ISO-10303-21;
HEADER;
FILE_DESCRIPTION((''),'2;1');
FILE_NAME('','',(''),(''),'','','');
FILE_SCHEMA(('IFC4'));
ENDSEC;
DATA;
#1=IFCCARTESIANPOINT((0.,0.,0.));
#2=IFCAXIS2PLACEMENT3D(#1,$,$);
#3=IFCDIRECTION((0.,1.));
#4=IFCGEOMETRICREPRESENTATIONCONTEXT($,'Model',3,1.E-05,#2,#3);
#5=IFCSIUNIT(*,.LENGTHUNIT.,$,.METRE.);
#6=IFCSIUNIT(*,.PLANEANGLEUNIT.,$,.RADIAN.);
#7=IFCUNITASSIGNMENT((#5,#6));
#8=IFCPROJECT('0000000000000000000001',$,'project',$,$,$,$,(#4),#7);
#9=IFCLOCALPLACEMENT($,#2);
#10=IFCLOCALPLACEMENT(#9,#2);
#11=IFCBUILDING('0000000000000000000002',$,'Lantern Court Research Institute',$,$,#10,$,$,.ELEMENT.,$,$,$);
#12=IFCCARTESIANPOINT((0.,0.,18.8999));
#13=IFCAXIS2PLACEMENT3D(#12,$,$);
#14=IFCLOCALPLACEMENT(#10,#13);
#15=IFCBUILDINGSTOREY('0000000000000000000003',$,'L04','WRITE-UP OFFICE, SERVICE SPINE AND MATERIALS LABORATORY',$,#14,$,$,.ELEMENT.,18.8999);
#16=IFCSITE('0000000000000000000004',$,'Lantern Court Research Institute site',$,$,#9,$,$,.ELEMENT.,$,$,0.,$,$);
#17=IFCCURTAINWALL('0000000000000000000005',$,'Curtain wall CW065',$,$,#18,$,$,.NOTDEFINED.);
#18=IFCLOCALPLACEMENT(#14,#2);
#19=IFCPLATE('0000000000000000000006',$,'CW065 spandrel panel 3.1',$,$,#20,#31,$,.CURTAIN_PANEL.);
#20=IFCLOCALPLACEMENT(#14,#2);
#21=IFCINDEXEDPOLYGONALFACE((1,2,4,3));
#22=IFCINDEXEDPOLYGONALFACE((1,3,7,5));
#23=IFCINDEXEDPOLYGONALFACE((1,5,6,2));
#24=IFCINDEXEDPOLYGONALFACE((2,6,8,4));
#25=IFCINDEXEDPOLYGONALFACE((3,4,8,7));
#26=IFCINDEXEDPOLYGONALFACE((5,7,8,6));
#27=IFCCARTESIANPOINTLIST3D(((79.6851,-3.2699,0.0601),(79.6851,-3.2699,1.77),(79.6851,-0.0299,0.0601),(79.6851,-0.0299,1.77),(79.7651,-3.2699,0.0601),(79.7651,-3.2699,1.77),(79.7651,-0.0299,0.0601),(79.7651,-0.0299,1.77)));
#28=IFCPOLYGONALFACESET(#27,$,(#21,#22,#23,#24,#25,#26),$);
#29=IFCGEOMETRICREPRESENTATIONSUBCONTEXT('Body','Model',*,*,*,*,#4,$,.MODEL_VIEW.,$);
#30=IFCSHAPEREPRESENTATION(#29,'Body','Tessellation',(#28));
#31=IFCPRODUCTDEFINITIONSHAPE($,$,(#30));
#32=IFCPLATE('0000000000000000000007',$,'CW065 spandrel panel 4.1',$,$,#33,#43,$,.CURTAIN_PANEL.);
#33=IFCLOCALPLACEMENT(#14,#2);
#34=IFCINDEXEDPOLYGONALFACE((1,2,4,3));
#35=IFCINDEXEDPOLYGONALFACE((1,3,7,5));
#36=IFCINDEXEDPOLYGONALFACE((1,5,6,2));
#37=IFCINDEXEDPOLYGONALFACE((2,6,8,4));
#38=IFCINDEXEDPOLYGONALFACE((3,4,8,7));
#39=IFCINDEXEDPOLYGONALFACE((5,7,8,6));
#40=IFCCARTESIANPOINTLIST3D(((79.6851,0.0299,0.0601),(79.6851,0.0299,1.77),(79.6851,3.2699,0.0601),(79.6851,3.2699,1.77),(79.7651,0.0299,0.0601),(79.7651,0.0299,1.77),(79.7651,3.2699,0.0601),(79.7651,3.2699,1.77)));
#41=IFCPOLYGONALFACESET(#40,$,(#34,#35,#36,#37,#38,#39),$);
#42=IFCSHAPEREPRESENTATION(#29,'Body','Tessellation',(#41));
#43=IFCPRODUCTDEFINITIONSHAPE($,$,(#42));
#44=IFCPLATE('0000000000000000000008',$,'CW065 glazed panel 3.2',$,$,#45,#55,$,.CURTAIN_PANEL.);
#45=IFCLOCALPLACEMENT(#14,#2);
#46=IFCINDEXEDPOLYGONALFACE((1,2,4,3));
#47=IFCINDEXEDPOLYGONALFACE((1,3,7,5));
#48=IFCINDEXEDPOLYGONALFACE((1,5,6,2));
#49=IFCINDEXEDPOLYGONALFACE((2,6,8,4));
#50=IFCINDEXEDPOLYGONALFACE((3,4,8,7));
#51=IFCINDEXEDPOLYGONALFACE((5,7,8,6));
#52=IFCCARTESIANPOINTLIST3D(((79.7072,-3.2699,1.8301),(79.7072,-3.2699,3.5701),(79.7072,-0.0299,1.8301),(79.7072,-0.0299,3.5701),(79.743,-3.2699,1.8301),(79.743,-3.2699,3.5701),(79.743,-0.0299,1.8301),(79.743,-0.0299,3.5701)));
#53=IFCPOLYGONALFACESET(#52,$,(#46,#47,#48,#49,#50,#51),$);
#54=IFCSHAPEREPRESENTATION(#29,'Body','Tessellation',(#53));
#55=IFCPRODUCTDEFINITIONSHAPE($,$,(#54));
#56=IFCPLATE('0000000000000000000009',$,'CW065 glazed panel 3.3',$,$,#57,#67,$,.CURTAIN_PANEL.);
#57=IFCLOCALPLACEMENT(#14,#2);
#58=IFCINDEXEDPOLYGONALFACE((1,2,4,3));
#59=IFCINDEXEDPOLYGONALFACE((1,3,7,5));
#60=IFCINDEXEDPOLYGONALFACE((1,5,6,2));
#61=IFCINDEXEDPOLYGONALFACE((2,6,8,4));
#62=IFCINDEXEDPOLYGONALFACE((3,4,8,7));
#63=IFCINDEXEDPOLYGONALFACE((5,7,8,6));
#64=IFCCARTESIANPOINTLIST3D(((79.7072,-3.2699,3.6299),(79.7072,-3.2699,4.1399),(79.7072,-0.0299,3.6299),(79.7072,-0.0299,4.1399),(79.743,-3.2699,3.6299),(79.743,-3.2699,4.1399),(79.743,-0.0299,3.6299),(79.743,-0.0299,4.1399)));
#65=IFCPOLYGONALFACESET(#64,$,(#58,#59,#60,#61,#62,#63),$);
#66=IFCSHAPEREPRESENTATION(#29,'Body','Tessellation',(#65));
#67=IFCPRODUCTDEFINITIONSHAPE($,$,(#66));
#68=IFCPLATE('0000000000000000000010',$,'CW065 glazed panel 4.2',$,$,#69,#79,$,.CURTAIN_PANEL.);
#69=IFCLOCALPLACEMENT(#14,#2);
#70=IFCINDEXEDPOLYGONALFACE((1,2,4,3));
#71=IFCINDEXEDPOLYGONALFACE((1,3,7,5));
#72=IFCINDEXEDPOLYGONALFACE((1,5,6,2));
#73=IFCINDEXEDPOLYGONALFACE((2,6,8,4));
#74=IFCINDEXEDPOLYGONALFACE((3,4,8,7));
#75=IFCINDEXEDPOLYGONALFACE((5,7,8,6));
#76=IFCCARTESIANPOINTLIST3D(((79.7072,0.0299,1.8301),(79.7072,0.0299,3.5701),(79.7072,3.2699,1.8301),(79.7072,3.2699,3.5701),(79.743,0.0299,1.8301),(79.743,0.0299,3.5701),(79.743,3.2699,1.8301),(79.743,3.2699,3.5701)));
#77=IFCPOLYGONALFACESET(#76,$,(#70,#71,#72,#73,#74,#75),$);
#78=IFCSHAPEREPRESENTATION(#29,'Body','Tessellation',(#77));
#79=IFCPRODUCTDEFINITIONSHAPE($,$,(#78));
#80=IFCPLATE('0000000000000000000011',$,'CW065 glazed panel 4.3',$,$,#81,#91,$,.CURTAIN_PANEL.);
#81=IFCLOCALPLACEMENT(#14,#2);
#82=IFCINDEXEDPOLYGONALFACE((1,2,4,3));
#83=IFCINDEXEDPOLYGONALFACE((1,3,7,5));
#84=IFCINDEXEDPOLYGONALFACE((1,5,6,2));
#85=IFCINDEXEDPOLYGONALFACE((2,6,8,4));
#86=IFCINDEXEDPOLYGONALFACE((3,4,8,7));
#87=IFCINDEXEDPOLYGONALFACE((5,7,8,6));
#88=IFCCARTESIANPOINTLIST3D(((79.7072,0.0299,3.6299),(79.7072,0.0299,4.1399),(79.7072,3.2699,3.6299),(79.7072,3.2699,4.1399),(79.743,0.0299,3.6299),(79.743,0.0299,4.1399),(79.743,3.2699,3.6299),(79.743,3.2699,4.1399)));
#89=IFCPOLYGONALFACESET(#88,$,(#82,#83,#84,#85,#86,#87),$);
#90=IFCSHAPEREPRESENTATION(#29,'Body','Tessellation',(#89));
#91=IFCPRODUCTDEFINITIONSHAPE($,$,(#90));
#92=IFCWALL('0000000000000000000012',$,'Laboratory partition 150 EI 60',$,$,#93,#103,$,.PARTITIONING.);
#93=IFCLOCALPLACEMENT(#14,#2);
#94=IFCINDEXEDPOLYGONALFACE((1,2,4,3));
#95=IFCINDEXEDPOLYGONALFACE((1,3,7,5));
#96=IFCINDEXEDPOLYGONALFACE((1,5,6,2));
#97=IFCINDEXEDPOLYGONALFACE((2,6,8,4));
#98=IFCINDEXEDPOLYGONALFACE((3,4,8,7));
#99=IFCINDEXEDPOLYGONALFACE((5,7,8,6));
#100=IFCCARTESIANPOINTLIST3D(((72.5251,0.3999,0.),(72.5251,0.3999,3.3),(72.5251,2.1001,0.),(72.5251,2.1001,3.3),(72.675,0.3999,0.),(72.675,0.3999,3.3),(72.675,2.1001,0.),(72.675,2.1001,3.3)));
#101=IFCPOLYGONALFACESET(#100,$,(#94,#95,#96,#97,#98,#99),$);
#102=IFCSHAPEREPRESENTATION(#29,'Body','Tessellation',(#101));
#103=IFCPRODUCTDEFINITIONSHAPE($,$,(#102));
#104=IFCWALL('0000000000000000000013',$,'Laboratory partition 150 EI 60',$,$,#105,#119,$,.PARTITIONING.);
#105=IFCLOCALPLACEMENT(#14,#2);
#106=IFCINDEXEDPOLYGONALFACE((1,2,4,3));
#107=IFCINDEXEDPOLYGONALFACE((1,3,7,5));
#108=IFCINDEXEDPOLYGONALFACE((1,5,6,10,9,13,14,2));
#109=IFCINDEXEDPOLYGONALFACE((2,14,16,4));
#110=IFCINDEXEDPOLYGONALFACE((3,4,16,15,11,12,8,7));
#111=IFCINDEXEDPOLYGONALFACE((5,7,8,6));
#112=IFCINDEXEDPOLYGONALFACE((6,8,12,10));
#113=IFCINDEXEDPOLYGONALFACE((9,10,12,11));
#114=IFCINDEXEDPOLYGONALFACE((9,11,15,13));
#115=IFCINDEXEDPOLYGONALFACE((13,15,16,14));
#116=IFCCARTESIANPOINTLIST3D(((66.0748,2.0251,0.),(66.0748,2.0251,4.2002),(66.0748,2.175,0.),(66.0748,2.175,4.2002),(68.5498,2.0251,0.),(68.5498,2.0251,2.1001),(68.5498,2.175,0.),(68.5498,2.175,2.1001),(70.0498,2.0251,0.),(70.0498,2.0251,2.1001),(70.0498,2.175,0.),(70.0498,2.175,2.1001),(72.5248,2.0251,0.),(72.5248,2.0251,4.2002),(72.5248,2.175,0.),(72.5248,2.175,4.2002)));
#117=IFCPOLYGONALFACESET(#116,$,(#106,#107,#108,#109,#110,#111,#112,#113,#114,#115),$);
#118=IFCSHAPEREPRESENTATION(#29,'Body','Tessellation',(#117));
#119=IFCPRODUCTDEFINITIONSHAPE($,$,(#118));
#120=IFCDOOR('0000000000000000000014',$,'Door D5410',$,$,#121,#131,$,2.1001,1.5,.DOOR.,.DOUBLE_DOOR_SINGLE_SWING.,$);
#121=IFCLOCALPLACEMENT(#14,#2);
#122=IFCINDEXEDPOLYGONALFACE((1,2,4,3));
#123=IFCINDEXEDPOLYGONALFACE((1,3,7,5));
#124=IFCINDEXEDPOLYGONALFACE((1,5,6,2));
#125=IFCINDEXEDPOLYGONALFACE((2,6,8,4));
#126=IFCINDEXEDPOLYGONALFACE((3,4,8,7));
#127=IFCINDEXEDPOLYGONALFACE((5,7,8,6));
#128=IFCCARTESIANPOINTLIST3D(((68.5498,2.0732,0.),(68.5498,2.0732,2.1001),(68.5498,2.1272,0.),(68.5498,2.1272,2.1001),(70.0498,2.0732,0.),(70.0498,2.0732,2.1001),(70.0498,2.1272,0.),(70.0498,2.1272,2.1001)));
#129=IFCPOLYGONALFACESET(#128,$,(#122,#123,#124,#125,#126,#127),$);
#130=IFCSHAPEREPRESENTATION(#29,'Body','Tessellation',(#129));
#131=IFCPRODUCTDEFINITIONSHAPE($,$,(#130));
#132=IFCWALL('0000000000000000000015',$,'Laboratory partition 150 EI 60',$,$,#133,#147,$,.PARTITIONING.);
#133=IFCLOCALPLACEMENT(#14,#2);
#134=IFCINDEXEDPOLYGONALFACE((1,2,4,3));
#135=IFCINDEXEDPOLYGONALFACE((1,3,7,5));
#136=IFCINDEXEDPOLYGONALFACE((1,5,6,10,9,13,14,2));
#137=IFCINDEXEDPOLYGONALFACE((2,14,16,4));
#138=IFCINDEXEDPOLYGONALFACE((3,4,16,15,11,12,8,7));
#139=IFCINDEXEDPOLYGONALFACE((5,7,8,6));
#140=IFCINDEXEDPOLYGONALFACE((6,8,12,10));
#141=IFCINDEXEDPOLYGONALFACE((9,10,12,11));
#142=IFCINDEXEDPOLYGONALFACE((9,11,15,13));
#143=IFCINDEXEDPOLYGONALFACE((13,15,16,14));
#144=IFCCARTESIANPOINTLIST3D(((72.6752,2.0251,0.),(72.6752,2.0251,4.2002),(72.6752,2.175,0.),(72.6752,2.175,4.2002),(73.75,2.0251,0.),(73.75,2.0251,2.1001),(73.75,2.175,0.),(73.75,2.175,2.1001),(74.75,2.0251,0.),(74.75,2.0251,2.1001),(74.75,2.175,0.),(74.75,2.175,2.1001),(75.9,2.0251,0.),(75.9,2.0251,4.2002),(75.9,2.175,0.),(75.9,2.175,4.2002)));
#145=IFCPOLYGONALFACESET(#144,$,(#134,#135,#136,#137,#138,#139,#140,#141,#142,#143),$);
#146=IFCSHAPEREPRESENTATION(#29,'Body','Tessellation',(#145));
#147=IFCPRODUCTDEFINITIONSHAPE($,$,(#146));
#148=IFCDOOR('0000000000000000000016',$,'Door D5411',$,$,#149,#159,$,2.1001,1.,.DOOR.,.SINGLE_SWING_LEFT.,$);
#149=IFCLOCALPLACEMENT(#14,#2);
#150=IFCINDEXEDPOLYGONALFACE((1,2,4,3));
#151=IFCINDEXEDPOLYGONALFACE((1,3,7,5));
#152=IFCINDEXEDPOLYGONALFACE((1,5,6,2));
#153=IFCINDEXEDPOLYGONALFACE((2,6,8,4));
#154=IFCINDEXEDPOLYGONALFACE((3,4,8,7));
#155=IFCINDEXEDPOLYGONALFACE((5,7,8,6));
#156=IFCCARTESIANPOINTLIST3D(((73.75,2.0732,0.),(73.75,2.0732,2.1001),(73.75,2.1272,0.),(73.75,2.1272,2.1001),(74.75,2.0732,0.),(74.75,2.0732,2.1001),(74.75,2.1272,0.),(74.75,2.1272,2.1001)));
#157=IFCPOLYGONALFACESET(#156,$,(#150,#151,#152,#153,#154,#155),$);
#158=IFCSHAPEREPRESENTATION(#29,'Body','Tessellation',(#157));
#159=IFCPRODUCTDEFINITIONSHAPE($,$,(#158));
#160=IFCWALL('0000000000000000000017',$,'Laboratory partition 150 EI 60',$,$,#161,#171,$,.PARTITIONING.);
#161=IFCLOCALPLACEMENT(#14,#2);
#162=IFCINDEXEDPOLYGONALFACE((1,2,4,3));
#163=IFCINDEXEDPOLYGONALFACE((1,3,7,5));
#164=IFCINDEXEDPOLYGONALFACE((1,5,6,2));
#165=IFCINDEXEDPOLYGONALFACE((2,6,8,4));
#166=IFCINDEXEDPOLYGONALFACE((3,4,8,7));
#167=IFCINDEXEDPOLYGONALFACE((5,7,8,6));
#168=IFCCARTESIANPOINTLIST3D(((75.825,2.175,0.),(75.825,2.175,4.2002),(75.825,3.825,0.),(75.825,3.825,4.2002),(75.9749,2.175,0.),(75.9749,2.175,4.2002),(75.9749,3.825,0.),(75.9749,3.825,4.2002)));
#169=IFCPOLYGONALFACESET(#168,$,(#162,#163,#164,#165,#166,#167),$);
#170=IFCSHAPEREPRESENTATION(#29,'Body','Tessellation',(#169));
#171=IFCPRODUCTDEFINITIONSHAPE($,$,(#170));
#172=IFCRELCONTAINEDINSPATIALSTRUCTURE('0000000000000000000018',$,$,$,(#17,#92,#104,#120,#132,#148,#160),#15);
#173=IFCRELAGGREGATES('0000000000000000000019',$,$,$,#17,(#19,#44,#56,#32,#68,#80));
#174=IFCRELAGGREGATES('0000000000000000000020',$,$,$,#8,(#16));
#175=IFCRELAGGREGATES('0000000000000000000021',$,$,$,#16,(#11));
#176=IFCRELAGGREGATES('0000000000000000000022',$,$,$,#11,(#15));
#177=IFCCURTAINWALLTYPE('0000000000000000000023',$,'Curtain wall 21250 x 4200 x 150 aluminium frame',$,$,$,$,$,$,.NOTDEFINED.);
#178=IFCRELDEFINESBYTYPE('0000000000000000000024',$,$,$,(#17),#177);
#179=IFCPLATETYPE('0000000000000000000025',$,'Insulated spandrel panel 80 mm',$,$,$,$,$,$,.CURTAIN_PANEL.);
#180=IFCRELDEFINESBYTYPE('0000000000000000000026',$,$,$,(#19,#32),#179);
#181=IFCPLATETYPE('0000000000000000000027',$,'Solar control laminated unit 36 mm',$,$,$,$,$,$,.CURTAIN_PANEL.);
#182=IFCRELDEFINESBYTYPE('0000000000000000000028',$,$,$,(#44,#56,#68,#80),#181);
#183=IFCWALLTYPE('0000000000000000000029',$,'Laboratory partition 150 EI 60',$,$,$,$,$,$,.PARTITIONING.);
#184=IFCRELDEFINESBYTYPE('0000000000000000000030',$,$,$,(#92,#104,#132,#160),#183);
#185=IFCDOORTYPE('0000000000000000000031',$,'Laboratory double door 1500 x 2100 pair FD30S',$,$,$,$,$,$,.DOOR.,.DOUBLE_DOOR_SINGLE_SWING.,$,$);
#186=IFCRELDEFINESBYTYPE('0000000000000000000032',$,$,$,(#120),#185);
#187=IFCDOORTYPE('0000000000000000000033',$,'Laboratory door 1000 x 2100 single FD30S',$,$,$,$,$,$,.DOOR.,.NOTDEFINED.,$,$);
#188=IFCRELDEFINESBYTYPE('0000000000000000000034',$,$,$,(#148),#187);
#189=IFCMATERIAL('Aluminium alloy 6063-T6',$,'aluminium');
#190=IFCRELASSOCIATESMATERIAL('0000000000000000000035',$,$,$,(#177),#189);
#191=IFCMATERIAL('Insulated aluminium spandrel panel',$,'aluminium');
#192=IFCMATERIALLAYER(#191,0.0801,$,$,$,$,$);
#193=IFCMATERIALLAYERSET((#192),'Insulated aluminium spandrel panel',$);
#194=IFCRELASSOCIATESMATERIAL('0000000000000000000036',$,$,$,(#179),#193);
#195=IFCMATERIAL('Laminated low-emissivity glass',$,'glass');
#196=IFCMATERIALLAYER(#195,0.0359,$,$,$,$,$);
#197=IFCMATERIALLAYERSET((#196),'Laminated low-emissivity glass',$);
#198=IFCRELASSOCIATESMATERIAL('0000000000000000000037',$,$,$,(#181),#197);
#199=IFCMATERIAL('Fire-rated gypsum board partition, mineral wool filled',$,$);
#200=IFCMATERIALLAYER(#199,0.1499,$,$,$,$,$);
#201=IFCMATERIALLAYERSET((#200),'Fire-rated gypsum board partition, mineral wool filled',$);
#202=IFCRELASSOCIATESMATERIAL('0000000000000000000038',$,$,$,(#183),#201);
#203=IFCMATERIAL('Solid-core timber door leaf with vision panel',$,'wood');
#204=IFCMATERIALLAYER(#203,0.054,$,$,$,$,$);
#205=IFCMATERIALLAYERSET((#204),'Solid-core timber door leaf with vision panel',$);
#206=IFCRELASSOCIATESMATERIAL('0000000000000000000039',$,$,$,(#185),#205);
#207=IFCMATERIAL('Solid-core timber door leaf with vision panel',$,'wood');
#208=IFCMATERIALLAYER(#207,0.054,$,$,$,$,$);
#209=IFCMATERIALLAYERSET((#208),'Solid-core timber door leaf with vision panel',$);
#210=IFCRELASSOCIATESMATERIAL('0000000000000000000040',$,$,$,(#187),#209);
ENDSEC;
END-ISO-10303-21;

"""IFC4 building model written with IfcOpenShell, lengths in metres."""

from ifc_helpers import new_model, si_unit, direction, frame, frame_2d, origin, origin_2d, place, context, subcontext, project, spatial, rectangle, extrude, material, layer, layer_set, type_object, element, fill, aggregate, save


model = new_model("IFC4")

# Units and contexts
model_context = context("Model", 3, precision=1e-05, world=origin(), true_north=direction((0.0, 1.0)))
body_context = subcontext(model_context, "Body", "Model", "MODEL_VIEW")
ifc_project = project(units=[si_unit("LENGTHUNIT", "METRE"), si_unit("PLANEANGLEUNIT", "RADIAN")], contexts=[model_context])

# Site, building, storey
site_placement = place(None, origin())
site = spatial("IfcSite", under=ifc_project, at=site_placement, Name="Lantern Court Research Institute site", CompositionType="ELEMENT", RefElevation=0.0)
building_placement = place(site_placement, origin())
building = spatial("IfcBuilding", under=site, at=building_placement, Name="Lantern Court Research Institute", CompositionType="ELEMENT")
storey_placement = place(building_placement, frame((0.0, 0.0, 18.8999)))
storey = spatial("IfcBuildingStorey", under=building, at=storey_placement, Name="L04", Description="WRITE-UP OFFICE, SERVICE SPINE AND MATERIALS LABORATORY", CompositionType="ELEMENT", Elevation=18.8999)

# Curtain wall
ifc_material_1 = material(Name="Aluminium alloy 6063-T6", Category="aluminium")
curtain_wall_type = type_object("IfcCurtainWallType", Name="Curtain wall 21250 x 4200 x 150 aluminium frame", PredefinedType="NOTDEFINED", material=ifc_material_1)
curtain_wall_placement = place(storey_placement, origin())
curtain_wall = element("IfcCurtainWall", 1, at=curtain_wall_placement, inside=storey, type_object=curtain_wall_type, Name="Curtain wall CW065", PredefinedType="NOTDEFINED")

# Plates
ifc_material_2 = material(Name="Insulated aluminium spandrel panel", Category="aluminium")
ifc_layer_1 = layer(ifc_material_2, 0.0801)
ifc_layer_set_1 = layer_set([ifc_layer_1], Name="Insulated aluminium spandrel panel")
plate_type_1 = type_object("IfcPlateType", Name="Insulated spandrel panel 80 mm", PredefinedType="CURTAIN_PANEL", material=ifc_layer_set_1)
plate_1_placement = place(storey_placement, frame((79.7251, -1.6499, 0.0601), z_axis=(0.0, 0.0, 1.0), x_axis=(0.0, -1.0, 0.0)))
plate_1 = element("IfcPlate", 2, at=plate_1_placement, type_object=plate_type_1, Name="CW065 spandrel panel 3.1", PredefinedType="CURTAIN_PANEL", context=body_context, shape_type="SweptSolid", body=[
    extrude(rectangle(XDim=3.24, YDim=0.0801, at=origin_2d()), origin(), (0.0, 0.0, 1.0), 1.71),
])
plate_2_placement = place(storey_placement, frame((79.7251, 1.6499, 0.0601), z_axis=(0.0, 0.0, 1.0), x_axis=(0.0, -1.0, 0.0)))
plate_2 = element("IfcPlate", 3, at=plate_2_placement, type_object=plate_type_1, Name="CW065 spandrel panel 4.1", PredefinedType="CURTAIN_PANEL", context=body_context, shape_type="SweptSolid", body=[
    extrude(rectangle(XDim=3.24, YDim=0.0801, at=origin_2d()), origin(), (0.0, 0.0, 1.0), 1.71),
])
ifc_material_3 = material(Name="Laminated low-emissivity glass", Category="glass")
ifc_layer_2 = layer(ifc_material_3, 0.0359)
ifc_layer_set_2 = layer_set([ifc_layer_2], Name="Laminated low-emissivity glass")
plate_type_2 = type_object("IfcPlateType", Name="Solar control laminated unit 36 mm", PredefinedType="CURTAIN_PANEL", material=ifc_layer_set_2)
plate_3_placement = place(storey_placement, frame((79.7251, -1.6499, 1.8301), z_axis=(0.0, 0.0, 1.0), x_axis=(0.0, -1.0, 0.0)))
plate_3 = element("IfcPlate", 4, at=plate_3_placement, type_object=plate_type_2, Name="CW065 glazed panel 3.2", PredefinedType="CURTAIN_PANEL", context=body_context, shape_type="SweptSolid", body=[
    extrude(rectangle(XDim=3.24, YDim=0.0359, at=origin_2d()), origin(), (0.0, 0.0, 1.0), 1.74),
])
plate_4_placement = place(storey_placement, frame((79.7251, -1.6499, 3.6299), z_axis=(0.0, 0.0, 1.0), x_axis=(0.0, -1.0, 0.0)))
plate_4 = element("IfcPlate", 5, at=plate_4_placement, type_object=plate_type_2, Name="CW065 glazed panel 3.3", PredefinedType="CURTAIN_PANEL", context=body_context, shape_type="SweptSolid", body=[
    extrude(rectangle(XDim=3.24, YDim=0.0359, at=origin_2d()), origin(), (0.0, 0.0, 1.0), 0.51),
])
plate_5_placement = place(storey_placement, frame((79.7251, 1.6499, 1.8301), z_axis=(0.0, 0.0, 1.0), x_axis=(0.0, -1.0, 0.0)))
plate_5 = element("IfcPlate", 6, at=plate_5_placement, type_object=plate_type_2, Name="CW065 glazed panel 4.2", PredefinedType="CURTAIN_PANEL", context=body_context, shape_type="SweptSolid", body=[
    extrude(rectangle(XDim=3.24, YDim=0.0359, at=origin_2d()), origin(), (0.0, 0.0, 1.0), 1.74),
])
plate_6_placement = place(storey_placement, frame((79.7251, 1.6499, 3.6299), z_axis=(0.0, 0.0, 1.0), x_axis=(0.0, -1.0, 0.0)))
plate_6 = element("IfcPlate", 7, at=plate_6_placement, type_object=plate_type_2, Name="CW065 glazed panel 4.3", PredefinedType="CURTAIN_PANEL", context=body_context, shape_type="SweptSolid", body=[
    extrude(rectangle(XDim=3.24, YDim=0.0359, at=origin_2d()), origin(), (0.0, 0.0, 1.0), 0.51),
])
aggregate(curtain_wall, [plate_1, plate_3, plate_4, plate_2, plate_5, plate_6])

# Wall
ifc_material_4 = material(Name="Fire-rated gypsum board partition, mineral wool filled")
ifc_layer_3 = layer(ifc_material_4, 0.1499)
ifc_layer_set_3 = layer_set([ifc_layer_3], Name="Fire-rated gypsum board partition, mineral wool filled")
wall_type = type_object("IfcWallType", Name="Laboratory partition 150 EI 60", PredefinedType="PARTITIONING", material=ifc_layer_set_3)
wall_1_placement = place(storey_placement, frame((72.6001, 0.3999, 0.0), z_axis=(0.0, 0.0, 1.0), x_axis=(0.0, 1.0, 0.0)))
element("IfcWall", 8, at=wall_1_placement, inside=storey, type_object=wall_type, Name="Laboratory partition 150 EI 60", PredefinedType="PARTITIONING", context=body_context, shape_type="SweptSolid", body=[
    extrude(rectangle(XDim=1.7002, YDim=0.1499, at=frame_2d((0.8501, 0.0))), origin(), (0.0, 0.0, 1.0), 3.3),
])

# Walls, openings, doors
wall_2_placement = place(storey_placement, frame((72.5249, 2.1001, 0.0), z_axis=(0.0, 0.0, 1.0), x_axis=(-1.0, 0.0, 0.0)))
wall_2 = element("IfcWall", 9, at=wall_2_placement, inside=storey, type_object=wall_type, Name="Laboratory partition 150 EI 60", PredefinedType="PARTITIONING", context=body_context, shape_type="SweptSolid", body=[
    extrude(rectangle(XDim=6.45, YDim=0.1499, at=frame_2d((3.2251, 0.0))), origin(), (0.0, 0.0, 1.0), 4.2002),
])
opening_1_placement = place(wall_2_placement, frame((2.4751, 0.0, 0.0)))
opening_1 = element("IfcOpeningElement", 10, at=opening_1_placement, cuts=wall_2, PredefinedType="OPENING", context=body_context, shape_type="SweptSolid", body=[
    extrude(rectangle(XDim=1.5, YDim=2.1001, at=frame_2d((0.75, 1.05))), frame((0.0, 0.085, 0.0), z_axis=(0.0, -1.0, 0.0), x_axis=(1.0, 0.0, 0.0)), (0.0, 0.0, 1.0), 0.1699),
])
ifc_material_5 = material(Name="Solid-core timber door leaf with vision panel", Category="wood")
ifc_layer_4 = layer(ifc_material_5, 0.054)
ifc_layer_set_4 = layer_set([ifc_layer_4], Name="Solid-core timber door leaf with vision panel")
door_type_1 = type_object("IfcDoorType", Name="Laboratory double door 1500 x 2100 pair FD30S", OperationType="DOUBLE_DOOR_SINGLE_SWING", PredefinedType="DOOR", material=ifc_layer_set_4)
door_1_placement = place(opening_1_placement, origin())
door_1 = element("IfcDoor", 11, at=door_1_placement, inside=storey, type_object=door_type_1, Name="Door D5410", OperationType="DOUBLE_DOOR_SINGLE_SWING", OverallHeight=2.1001, OverallWidth=1.5, PredefinedType="DOOR", context=body_context, shape_type="SweptSolid", body=[
    extrude(rectangle(XDim=1.5, YDim=2.1001, at=frame_2d((0.75, 1.05))), frame((0.0, 0.0269, 0.0), z_axis=(0.0, -1.0, 0.0), x_axis=(1.0, 0.0, 0.0)), (0.0, 0.0, 1.0), 0.054),
])
fill(opening_1, door_1)
wall_3_placement = place(storey_placement, frame((75.8999, 2.1001, 0.0), z_axis=(0.0, 0.0, 1.0), x_axis=(-1.0, 0.0, 0.0)))
wall_3 = element("IfcWall", 12, at=wall_3_placement, inside=storey, type_object=wall_type, Name="Laboratory partition 150 EI 60", PredefinedType="PARTITIONING", context=body_context, shape_type="SweptSolid", body=[
    extrude(rectangle(XDim=3.2249, YDim=0.1499, at=frame_2d((1.6123, 0.0))), origin(), (0.0, 0.0, 1.0), 4.2002),
])
opening_2_placement = place(wall_3_placement, frame((1.1499, 0.0, 0.0)))
opening_2 = element("IfcOpeningElement", 13, at=opening_2_placement, cuts=wall_3, PredefinedType="OPENING", context=body_context, shape_type="SweptSolid", body=[
    extrude(rectangle(XDim=1.0, YDim=2.1001, at=frame_2d((0.5, 1.05))), frame((0.0, 0.085, 0.0), z_axis=(0.0, -1.0, 0.0), x_axis=(1.0, 0.0, 0.0)), (0.0, 0.0, 1.0), 0.1699),
])
ifc_material_6 = material(Name="Solid-core timber door leaf with vision panel", Category="wood")
ifc_layer_5 = layer(ifc_material_6, 0.054)
ifc_layer_set_5 = layer_set([ifc_layer_5], Name="Solid-core timber door leaf with vision panel")
door_type_2 = type_object("IfcDoorType", Name="Laboratory door 1000 x 2100 single FD30S", OperationType="NOTDEFINED", PredefinedType="DOOR", material=ifc_layer_set_5)
door_2_placement = place(opening_2_placement, origin())
door_2 = element("IfcDoor", 14, at=door_2_placement, inside=storey, type_object=door_type_2, Name="Door D5411", OperationType="SINGLE_SWING_LEFT", OverallHeight=2.1001, OverallWidth=1.0, PredefinedType="DOOR", context=body_context, shape_type="SweptSolid", body=[
    extrude(rectangle(XDim=1.0, YDim=2.1001, at=frame_2d((0.5, 1.05))), frame((0.0, 0.0269, 0.0), z_axis=(0.0, -1.0, 0.0), x_axis=(1.0, 0.0, 0.0)), (0.0, 0.0, 1.0), 0.054),
])
fill(opening_2, door_2)

# Wall
wall_4_placement = place(storey_placement, frame((75.8999, 2.175, 0.0), z_axis=(0.0, 0.0, 1.0), x_axis=(0.0, 1.0, 0.0)))
element("IfcWall", 15, at=wall_4_placement, inside=storey, type_object=wall_type, Name="Laboratory partition 150 EI 60", PredefinedType="PARTITIONING", context=body_context, shape_type="SweptSolid", body=[
    extrude(rectangle(XDim=1.6499, YDim=0.1499, at=frame_2d((0.825, 0.0))), origin(), (0.0, 0.0, 1.0), 4.2002),
])

save(model, "model.ifc")
